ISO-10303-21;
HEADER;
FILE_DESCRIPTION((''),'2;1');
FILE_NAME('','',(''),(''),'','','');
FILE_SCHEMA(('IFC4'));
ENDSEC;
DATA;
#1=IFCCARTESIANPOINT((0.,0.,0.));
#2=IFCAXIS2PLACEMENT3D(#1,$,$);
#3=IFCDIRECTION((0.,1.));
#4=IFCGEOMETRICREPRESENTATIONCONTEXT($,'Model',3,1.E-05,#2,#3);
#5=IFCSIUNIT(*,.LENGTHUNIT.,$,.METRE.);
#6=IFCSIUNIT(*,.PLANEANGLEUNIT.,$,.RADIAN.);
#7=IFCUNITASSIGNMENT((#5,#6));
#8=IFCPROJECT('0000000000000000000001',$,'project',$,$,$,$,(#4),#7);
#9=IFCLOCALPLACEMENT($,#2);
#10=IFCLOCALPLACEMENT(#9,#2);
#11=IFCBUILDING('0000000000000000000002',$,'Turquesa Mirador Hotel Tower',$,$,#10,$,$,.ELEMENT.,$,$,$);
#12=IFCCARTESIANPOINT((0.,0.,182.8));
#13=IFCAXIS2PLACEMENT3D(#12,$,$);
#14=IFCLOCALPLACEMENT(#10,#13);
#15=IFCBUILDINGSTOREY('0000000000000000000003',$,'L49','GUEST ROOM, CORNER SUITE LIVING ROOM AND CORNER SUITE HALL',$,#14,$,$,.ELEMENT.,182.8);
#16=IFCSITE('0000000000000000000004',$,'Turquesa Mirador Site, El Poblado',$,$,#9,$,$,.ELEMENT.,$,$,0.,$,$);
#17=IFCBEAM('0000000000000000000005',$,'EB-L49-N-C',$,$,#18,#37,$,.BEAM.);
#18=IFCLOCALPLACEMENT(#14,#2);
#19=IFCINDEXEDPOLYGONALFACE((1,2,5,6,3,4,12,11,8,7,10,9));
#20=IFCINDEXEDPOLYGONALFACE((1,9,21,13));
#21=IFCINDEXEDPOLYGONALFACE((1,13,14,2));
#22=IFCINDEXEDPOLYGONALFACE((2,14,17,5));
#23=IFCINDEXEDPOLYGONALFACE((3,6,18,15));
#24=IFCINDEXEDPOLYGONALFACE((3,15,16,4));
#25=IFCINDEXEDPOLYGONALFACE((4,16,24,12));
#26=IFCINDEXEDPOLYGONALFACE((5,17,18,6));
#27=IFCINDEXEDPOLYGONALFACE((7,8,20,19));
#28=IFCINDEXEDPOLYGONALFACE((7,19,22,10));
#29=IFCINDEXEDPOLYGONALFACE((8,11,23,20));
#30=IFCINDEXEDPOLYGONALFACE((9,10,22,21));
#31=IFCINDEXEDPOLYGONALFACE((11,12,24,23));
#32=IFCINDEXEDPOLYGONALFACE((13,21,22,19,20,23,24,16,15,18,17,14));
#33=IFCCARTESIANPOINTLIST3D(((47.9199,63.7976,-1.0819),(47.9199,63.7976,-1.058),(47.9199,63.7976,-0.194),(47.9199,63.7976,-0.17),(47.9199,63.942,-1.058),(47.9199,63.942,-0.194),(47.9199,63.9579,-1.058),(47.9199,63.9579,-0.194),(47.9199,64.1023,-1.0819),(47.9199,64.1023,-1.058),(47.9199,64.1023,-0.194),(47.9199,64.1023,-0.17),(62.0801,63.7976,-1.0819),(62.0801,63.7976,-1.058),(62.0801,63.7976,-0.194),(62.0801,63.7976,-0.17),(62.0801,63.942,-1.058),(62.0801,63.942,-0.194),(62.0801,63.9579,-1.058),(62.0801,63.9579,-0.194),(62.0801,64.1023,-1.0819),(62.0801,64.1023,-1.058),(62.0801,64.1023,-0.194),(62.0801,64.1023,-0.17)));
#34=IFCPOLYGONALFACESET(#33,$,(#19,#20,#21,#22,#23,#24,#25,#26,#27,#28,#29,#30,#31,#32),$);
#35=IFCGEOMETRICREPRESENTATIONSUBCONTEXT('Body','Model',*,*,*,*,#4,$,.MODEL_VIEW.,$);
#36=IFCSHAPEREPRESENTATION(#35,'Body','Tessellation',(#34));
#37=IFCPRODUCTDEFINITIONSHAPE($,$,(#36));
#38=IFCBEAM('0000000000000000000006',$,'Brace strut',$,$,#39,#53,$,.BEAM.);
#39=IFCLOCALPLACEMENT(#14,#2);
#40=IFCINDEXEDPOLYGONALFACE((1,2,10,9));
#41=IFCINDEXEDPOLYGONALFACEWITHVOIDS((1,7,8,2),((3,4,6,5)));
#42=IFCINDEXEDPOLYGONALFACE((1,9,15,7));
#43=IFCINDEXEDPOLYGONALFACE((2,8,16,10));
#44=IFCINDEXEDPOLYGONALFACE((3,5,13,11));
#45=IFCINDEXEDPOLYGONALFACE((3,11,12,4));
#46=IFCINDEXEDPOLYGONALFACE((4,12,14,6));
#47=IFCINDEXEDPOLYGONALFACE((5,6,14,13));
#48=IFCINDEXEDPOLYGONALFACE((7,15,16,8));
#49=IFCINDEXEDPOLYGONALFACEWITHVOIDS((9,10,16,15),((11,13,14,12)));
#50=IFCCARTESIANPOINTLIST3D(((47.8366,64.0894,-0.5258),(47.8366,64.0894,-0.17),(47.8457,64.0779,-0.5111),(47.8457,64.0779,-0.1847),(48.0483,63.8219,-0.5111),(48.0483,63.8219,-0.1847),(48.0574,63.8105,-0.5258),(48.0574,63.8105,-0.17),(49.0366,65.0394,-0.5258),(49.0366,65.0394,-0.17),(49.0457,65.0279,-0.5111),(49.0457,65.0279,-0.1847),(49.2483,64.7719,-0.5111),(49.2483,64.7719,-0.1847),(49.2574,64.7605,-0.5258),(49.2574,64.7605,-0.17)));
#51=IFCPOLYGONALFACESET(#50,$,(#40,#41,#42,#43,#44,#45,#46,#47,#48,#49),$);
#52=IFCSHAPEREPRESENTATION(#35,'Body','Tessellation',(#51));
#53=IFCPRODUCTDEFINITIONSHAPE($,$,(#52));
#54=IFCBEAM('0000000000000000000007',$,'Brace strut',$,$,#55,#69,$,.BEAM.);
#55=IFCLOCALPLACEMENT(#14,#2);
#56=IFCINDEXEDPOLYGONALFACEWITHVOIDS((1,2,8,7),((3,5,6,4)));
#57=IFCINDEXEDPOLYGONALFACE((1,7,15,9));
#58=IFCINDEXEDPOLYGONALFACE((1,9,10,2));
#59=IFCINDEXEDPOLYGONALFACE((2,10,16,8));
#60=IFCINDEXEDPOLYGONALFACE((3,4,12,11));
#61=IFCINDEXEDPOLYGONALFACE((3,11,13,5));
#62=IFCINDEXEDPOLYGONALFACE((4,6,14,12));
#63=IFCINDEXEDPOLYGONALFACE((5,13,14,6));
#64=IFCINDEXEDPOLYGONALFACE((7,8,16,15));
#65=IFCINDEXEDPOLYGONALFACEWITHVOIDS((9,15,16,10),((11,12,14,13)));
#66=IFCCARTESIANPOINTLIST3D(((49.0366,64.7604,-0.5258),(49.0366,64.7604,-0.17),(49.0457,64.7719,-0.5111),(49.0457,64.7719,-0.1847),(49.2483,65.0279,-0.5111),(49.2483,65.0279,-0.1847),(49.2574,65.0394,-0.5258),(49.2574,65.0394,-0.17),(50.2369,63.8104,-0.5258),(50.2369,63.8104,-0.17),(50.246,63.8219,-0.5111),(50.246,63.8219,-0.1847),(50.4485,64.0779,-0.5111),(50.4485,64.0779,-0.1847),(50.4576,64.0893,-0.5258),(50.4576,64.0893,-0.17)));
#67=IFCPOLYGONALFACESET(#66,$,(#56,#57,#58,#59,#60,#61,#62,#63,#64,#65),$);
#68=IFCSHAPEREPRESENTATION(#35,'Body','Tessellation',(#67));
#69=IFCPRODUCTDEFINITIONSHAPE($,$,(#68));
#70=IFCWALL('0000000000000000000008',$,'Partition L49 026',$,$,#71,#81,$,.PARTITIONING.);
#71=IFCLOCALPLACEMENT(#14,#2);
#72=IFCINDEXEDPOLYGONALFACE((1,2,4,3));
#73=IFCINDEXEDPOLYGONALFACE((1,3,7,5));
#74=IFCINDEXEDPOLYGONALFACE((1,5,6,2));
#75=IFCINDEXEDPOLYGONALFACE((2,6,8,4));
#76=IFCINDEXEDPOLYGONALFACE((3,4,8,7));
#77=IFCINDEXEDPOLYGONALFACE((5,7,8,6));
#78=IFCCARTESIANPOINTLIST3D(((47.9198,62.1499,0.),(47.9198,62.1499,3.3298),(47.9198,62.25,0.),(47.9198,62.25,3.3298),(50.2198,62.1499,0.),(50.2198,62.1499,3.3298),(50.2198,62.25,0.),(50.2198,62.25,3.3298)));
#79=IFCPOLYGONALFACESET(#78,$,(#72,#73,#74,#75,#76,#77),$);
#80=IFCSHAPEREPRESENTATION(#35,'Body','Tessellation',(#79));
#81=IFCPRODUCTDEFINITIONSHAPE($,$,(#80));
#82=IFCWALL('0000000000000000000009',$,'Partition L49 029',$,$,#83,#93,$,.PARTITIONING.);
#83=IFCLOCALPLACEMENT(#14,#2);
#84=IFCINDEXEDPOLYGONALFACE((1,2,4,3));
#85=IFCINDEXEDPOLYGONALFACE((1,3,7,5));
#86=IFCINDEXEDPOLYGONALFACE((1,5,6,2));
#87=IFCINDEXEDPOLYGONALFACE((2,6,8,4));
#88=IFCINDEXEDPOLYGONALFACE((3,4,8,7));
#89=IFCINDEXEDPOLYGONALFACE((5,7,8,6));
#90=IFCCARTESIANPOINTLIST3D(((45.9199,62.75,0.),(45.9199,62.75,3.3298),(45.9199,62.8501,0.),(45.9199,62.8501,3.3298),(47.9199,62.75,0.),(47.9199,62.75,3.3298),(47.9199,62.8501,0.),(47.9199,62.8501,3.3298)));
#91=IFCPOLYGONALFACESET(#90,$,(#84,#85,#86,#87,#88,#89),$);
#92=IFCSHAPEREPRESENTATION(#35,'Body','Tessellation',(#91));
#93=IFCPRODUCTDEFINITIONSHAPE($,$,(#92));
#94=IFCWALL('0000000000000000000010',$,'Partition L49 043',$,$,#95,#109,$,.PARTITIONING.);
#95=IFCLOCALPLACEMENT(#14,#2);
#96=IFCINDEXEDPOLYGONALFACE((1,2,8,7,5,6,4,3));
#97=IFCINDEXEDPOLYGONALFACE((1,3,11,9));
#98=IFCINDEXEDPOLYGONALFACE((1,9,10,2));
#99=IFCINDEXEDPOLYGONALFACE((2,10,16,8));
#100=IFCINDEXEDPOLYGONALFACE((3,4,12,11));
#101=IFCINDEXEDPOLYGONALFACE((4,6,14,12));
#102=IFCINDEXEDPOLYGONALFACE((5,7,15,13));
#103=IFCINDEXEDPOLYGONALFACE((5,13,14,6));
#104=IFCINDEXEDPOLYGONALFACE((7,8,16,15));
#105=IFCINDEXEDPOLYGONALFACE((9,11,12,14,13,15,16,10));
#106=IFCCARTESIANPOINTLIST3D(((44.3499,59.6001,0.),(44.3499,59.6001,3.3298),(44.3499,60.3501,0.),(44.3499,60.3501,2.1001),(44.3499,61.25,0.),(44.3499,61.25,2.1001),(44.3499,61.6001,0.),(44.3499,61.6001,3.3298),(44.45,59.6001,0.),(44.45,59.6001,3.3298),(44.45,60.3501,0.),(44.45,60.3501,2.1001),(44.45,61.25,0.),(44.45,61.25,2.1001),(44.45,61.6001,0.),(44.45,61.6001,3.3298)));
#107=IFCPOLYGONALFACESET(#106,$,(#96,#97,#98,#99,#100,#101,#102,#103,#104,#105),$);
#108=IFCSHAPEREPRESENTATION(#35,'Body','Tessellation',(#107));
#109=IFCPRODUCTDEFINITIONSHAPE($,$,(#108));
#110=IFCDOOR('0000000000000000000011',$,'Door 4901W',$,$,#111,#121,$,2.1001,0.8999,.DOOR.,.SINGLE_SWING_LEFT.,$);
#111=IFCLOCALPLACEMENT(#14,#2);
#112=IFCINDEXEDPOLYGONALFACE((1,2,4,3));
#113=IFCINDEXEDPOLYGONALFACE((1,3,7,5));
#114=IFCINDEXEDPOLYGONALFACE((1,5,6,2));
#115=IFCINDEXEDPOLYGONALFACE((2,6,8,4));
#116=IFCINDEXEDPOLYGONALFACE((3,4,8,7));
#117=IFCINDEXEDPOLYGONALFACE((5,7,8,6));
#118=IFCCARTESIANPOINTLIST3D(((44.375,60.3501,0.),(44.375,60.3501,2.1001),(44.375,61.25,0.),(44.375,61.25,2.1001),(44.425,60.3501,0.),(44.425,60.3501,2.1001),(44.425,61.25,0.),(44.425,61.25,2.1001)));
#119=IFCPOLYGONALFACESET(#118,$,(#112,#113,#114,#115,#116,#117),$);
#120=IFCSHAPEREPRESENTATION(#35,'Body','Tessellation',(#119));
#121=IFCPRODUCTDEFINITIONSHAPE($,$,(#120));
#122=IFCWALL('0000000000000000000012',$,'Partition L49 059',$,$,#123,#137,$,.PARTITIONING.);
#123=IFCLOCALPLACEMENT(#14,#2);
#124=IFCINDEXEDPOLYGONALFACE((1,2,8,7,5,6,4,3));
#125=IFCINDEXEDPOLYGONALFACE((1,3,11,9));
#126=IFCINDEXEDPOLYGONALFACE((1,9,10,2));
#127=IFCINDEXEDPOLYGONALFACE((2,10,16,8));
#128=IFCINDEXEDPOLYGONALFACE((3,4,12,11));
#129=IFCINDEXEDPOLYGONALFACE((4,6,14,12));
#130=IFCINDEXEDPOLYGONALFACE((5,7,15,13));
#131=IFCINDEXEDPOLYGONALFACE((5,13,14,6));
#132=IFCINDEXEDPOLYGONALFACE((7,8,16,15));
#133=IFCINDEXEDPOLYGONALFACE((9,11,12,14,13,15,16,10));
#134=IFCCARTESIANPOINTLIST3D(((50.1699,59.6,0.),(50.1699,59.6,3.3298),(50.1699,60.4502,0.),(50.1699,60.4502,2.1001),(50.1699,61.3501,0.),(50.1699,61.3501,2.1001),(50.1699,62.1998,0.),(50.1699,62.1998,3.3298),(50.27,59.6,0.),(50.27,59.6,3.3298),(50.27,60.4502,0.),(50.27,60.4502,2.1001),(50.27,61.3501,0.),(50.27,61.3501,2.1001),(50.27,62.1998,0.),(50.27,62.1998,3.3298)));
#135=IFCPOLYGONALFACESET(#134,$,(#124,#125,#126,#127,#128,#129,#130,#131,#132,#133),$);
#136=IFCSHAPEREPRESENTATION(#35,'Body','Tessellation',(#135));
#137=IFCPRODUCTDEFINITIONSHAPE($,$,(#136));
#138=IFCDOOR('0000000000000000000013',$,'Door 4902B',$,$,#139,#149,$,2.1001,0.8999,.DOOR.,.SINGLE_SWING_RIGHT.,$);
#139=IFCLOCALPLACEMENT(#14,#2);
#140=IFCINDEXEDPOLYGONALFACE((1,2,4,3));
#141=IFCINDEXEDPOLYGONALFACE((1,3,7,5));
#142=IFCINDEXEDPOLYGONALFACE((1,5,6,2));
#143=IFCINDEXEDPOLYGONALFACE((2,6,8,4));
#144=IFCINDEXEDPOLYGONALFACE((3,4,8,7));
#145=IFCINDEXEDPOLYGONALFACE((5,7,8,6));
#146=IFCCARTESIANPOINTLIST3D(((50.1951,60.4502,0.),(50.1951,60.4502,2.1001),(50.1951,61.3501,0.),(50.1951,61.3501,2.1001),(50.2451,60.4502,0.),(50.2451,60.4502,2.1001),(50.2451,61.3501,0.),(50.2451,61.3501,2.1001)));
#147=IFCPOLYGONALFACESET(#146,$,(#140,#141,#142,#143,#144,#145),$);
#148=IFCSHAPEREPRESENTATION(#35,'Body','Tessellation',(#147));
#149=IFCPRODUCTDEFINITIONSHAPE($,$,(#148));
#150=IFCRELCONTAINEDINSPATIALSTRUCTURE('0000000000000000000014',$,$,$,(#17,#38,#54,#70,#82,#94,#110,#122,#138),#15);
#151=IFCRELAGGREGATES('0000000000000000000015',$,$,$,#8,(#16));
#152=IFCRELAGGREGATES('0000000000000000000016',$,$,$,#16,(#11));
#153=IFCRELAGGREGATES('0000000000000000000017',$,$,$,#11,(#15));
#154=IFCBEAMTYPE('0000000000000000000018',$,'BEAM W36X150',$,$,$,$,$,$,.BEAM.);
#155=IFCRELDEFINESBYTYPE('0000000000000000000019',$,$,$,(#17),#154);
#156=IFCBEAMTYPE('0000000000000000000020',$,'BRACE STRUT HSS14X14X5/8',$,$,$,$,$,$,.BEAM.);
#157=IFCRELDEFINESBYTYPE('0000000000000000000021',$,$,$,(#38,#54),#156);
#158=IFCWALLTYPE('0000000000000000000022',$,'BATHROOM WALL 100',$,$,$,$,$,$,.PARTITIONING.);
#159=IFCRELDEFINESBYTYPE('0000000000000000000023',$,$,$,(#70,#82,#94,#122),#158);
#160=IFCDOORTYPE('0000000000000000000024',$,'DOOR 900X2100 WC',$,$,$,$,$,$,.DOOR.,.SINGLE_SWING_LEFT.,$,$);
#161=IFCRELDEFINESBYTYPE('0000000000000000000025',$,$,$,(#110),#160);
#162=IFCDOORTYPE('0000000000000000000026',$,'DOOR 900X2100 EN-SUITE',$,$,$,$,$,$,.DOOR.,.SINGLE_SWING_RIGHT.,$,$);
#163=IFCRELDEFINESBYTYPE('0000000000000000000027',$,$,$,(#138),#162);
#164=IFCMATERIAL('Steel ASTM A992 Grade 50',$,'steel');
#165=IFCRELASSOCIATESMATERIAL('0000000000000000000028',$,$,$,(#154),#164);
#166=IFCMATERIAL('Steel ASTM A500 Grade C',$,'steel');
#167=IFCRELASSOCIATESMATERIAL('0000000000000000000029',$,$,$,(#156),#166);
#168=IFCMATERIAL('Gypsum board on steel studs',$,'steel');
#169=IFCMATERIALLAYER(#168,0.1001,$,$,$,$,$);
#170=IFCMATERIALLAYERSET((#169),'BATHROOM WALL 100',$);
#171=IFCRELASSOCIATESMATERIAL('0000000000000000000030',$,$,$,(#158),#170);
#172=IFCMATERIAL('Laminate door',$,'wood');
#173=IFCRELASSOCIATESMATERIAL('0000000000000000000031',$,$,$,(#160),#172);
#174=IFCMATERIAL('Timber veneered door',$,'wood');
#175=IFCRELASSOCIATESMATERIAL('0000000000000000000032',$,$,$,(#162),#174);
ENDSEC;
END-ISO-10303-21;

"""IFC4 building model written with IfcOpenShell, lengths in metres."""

from ifc_helpers import new_model, si_unit, direction, frame, frame_2d, origin, origin_2d, place, context, subcontext, project, spatial, rectangle, hollow_rectangle, i_section, extrude, material, layer, layer_set, material_profile, profile_set, type_object, element, fill, save


model = new_model("IFC4")

# Units and contexts
model_context = context("Model", 3, precision=1e-05, world=origin(), true_north=direction((0.0, 1.0)))
body_context = subcontext(model_context, "Body", "Model", "MODEL_VIEW")
ifc_project = project(units=[si_unit("LENGTHUNIT", "METRE"), si_unit("PLANEANGLEUNIT", "RADIAN")], contexts=[model_context])

# Site, building, storey
site_placement = place(None, origin())
site = spatial("IfcSite", under=ifc_project, at=site_placement, Name="Turquesa Mirador Site, El Poblado", CompositionType="ELEMENT", RefElevation=0.0)
building_placement = place(site_placement, origin())
building = spatial("IfcBuilding", under=site, at=building_placement, Name="Turquesa Mirador Hotel Tower", CompositionType="ELEMENT")
storey_placement = place(building_placement, frame((0.0, 0.0, 182.8)))
storey = spatial("IfcBuildingStorey", under=building, at=storey_placement, Name="L49", Description="GUEST ROOM, CORNER SUITE LIVING ROOM AND CORNER SUITE HALL", CompositionType="ELEMENT", Elevation=182.8)

# Beams
ifc_material_1 = material(Name="Steel ASTM A992 Grade 50", Category="steel")
ifc_material_profile_1 = material_profile(ifc_material_1, i_section(OverallWidth=0.3047, OverallDepth=0.9119, WebThickness=0.0159, FlangeThickness=0.0239, at=origin_2d()), Name="W36X150")
ifc_profile_set_1 = profile_set([ifc_material_profile_1], Name="Steel ASTM A992 Grade 50")
beam_type_1 = type_object("IfcBeamType", Name="BEAM W36X150", PredefinedType="BEAM", material=ifc_profile_set_1)
beam_1_placement = place(storey_placement, frame((47.9199, 63.95, -0.626), z_axis=(1.0, 0.0, 0.0), x_axis=(0.0, 1.0, 0.0)))
element("IfcBeam", 1, at=beam_1_placement, inside=storey, type_object=beam_type_1, Name="EB-L49-N-C", PredefinedType="BEAM", context=body_context, shape_type="SweptSolid", body=[
    extrude(i_section(OverallWidth=0.3047, OverallDepth=0.9119, WebThickness=0.0159, FlangeThickness=0.0239, at=origin_2d()), origin(), (0.0, 0.0, 1.0), 14.1602),
])
ifc_material_2 = material(Name="Steel ASTM A500 Grade C", Category="steel")
ifc_material_profile_2 = material_profile(ifc_material_2, hollow_rectangle(XDim=0.3557, YDim=0.3557, WallThickness=0.0146, at=origin_2d()), Name="HSS14X14X5/8")
ifc_profile_set_2 = profile_set([ifc_material_profile_2], Name="Steel ASTM A500 Grade C")
beam_type_2 = type_object("IfcBeamType", Name="BRACE STRUT HSS14X14X5/8", PredefinedType="BEAM", material=ifc_profile_set_2)
beam_2_placement = place(storey_placement, frame((49.147, 64.8999, -0.3479), z_axis=(-0.784049, -0.620699, 0.0), x_axis=(0.620699, -0.784049, 0.0)))
element("IfcBeam", 2, at=beam_2_placement, inside=storey, type_object=beam_type_2, Name="Brace strut", PredefinedType="BEAM", context=body_context, shape_type="SweptSolid", body=[
    extrude(hollow_rectangle(XDim=0.3557, YDim=0.3557, WallThickness=0.0146, at=origin_2d()), origin(), (0.0, 0.0, 1.0), 1.5305),
])
beam_3_placement = place(storey_placement, frame((49.147, 64.8999, -0.3479), z_axis=(0.784111, -0.620621, 0.0), x_axis=(0.620621, 0.784111, 0.0)))
element("IfcBeam", 3, at=beam_3_placement, inside=storey, type_object=beam_type_2, Name="Brace strut", PredefinedType="BEAM", context=body_context, shape_type="SweptSolid", body=[
    extrude(hollow_rectangle(XDim=0.3557, YDim=0.3557, WallThickness=0.0146, at=origin_2d()), origin(), (0.0, 0.0, 1.0), 1.5308),
])

# Walls
ifc_material_3 = material(Name="Gypsum board on steel studs", Category="steel")
ifc_layer_1 = layer(ifc_material_3, 0.1001)
ifc_layer_set_1 = layer_set([ifc_layer_1], Name="BATHROOM WALL 100")
wall_type_1 = type_object("IfcWallType", Name="BATHROOM WALL 100", PredefinedType="PARTITIONING", material=ifc_layer_set_1)
wall_1_placement = place(storey_placement, frame((47.9199, 62.2, 0.0), z_axis=(0.0, 0.0, 1.0), x_axis=(1.0, 0.0, 0.0)))
element("IfcWall", 4, at=wall_1_placement, inside=storey, type_object=wall_type_1, Name="Partition L49 026", PredefinedType="PARTITIONING", context=body_context, shape_type="SweptSolid", body=[
    extrude(rectangle(XDim=2.3, YDim=0.1001, at=frame_2d((1.1499, 0.0))), origin(), (0.0, 0.0, 1.0), 3.3298),
])
wall_2_placement = place(storey_placement, frame((45.9199, 62.8, 0.0), z_axis=(0.0, 0.0, 1.0), x_axis=(1.0, 0.0, 0.0)))
element("IfcWall", 5, at=wall_2_placement, inside=storey, type_object=wall_type_1, Name="Partition L49 029", PredefinedType="PARTITIONING", context=body_context, shape_type="SweptSolid", body=[
    extrude(rectangle(XDim=2.0, YDim=0.1001, at=frame_2d((1.0, 0.0))), origin(), (0.0, 0.0, 1.0), 3.3298),
])

# Walls, openings, doors
wall_3_placement = place(storey_placement, frame((44.3999, 59.6001, 0.0), z_axis=(0.0, 0.0, 1.0), x_axis=(0.0, 1.0, 0.0)))
wall_3 = element("IfcWall", 6, at=wall_3_placement, inside=storey, type_object=wall_type_1, Name="Partition L49 043", PredefinedType="PARTITIONING", context=body_context, shape_type="SweptSolid", body=[
    extrude(rectangle(XDim=2.0, YDim=0.1001, at=frame_2d((1.0, 0.0))), origin(), (0.0, 0.0, 1.0), 3.3298),
])
opening_1_placement = place(wall_3_placement, frame((0.75, 0.0, 0.0)))
opening_1 = element("IfcOpeningElement", 7, at=opening_1_placement, cuts=wall_3, PredefinedType="OPENING", context=body_context, shape_type="SweptSolid", body=[
    extrude(rectangle(XDim=0.8999, YDim=2.1001, at=frame_2d((0.45, 1.05))), frame((0.0, 0.0601, 0.0), z_axis=(0.0, -1.0, 0.0), x_axis=(1.0, 0.0, 0.0)), (0.0, 0.0, 1.0), 0.1201),
])
ifc_material_4 = material(Name="Laminate door", Category="wood")
door_type_1 = type_object("IfcDoorType", Name="DOOR 900X2100 WC", OperationType="SINGLE_SWING_LEFT", PredefinedType="DOOR", material=ifc_material_4)
door_1_placement = place(opening_1_placement, origin())
door_1 = element("IfcDoor", 8, at=door_1_placement, inside=storey, type_object=door_type_1, Name="Door 4901W", OperationType="SINGLE_SWING_LEFT", OverallHeight=2.1001, OverallWidth=0.8999, PredefinedType="DOOR", context=body_context, shape_type="SweptSolid", body=[
    extrude(rectangle(XDim=0.8999, YDim=2.1001, at=frame_2d((0.45, 1.05))), frame((0.0, 0.0249, 0.0), z_axis=(0.0, -1.0, 0.0), x_axis=(1.0, 0.0, 0.0)), (0.0, 0.0, 1.0), 0.05),
])
fill(opening_1, door_1)
wall_4_placement = place(storey_placement, frame((50.22, 59.6001, 0.0), z_axis=(0.0, 0.0, 1.0), x_axis=(0.0, 1.0, 0.0)))
wall_4 = element("IfcWall", 9, at=wall_4_placement, inside=storey, type_object=wall_type_1, Name="Partition L49 059", PredefinedType="PARTITIONING", context=body_context, shape_type="SweptSolid", body=[
    extrude(rectangle(XDim=2.5999, YDim=0.1001, at=frame_2d((1.2998, 0.0))), origin(), (0.0, 0.0, 1.0), 3.3298),
])
opening_2_placement = place(wall_4_placement, frame((0.8501, 0.0, 0.0)))
opening_2 = element("IfcOpeningElement", 10, at=opening_2_placement, cuts=wall_4, PredefinedType="OPENING", context=body_context, shape_type="SweptSolid", body=[
    extrude(rectangle(XDim=0.8999, YDim=2.1001, at=frame_2d((0.45, 1.05))), frame((0.0, 0.0601, 0.0), z_axis=(0.0, -1.0, 0.0), x_axis=(1.0, 0.0, 0.0)), (0.0, 0.0, 1.0), 0.1201),
])
ifc_material_5 = material(Name="Timber veneered door", Category="wood")
door_type_2 = type_object("IfcDoorType", Name="DOOR 900X2100 EN-SUITE", OperationType="SINGLE_SWING_RIGHT", PredefinedType="DOOR", material=ifc_material_5)
door_2_placement = place(opening_2_placement, origin())
door_2 = element("IfcDoor", 11, at=door_2_placement, inside=storey, type_object=door_type_2, Name="Door 4902B", OperationType="SINGLE_SWING_RIGHT", OverallHeight=2.1001, OverallWidth=0.8999, PredefinedType="DOOR", context=body_context, shape_type="SweptSolid", body=[
    extrude(rectangle(XDim=0.8999, YDim=2.1001, at=frame_2d((0.45, 1.05))), frame((0.0, 0.0249, 0.0), z_axis=(0.0, -1.0, 0.0), x_axis=(1.0, 0.0, 0.0)), (0.0, 0.0, 1.0), 0.05),
])
fill(opening_2, door_2)

save(model, "model.ifc")
